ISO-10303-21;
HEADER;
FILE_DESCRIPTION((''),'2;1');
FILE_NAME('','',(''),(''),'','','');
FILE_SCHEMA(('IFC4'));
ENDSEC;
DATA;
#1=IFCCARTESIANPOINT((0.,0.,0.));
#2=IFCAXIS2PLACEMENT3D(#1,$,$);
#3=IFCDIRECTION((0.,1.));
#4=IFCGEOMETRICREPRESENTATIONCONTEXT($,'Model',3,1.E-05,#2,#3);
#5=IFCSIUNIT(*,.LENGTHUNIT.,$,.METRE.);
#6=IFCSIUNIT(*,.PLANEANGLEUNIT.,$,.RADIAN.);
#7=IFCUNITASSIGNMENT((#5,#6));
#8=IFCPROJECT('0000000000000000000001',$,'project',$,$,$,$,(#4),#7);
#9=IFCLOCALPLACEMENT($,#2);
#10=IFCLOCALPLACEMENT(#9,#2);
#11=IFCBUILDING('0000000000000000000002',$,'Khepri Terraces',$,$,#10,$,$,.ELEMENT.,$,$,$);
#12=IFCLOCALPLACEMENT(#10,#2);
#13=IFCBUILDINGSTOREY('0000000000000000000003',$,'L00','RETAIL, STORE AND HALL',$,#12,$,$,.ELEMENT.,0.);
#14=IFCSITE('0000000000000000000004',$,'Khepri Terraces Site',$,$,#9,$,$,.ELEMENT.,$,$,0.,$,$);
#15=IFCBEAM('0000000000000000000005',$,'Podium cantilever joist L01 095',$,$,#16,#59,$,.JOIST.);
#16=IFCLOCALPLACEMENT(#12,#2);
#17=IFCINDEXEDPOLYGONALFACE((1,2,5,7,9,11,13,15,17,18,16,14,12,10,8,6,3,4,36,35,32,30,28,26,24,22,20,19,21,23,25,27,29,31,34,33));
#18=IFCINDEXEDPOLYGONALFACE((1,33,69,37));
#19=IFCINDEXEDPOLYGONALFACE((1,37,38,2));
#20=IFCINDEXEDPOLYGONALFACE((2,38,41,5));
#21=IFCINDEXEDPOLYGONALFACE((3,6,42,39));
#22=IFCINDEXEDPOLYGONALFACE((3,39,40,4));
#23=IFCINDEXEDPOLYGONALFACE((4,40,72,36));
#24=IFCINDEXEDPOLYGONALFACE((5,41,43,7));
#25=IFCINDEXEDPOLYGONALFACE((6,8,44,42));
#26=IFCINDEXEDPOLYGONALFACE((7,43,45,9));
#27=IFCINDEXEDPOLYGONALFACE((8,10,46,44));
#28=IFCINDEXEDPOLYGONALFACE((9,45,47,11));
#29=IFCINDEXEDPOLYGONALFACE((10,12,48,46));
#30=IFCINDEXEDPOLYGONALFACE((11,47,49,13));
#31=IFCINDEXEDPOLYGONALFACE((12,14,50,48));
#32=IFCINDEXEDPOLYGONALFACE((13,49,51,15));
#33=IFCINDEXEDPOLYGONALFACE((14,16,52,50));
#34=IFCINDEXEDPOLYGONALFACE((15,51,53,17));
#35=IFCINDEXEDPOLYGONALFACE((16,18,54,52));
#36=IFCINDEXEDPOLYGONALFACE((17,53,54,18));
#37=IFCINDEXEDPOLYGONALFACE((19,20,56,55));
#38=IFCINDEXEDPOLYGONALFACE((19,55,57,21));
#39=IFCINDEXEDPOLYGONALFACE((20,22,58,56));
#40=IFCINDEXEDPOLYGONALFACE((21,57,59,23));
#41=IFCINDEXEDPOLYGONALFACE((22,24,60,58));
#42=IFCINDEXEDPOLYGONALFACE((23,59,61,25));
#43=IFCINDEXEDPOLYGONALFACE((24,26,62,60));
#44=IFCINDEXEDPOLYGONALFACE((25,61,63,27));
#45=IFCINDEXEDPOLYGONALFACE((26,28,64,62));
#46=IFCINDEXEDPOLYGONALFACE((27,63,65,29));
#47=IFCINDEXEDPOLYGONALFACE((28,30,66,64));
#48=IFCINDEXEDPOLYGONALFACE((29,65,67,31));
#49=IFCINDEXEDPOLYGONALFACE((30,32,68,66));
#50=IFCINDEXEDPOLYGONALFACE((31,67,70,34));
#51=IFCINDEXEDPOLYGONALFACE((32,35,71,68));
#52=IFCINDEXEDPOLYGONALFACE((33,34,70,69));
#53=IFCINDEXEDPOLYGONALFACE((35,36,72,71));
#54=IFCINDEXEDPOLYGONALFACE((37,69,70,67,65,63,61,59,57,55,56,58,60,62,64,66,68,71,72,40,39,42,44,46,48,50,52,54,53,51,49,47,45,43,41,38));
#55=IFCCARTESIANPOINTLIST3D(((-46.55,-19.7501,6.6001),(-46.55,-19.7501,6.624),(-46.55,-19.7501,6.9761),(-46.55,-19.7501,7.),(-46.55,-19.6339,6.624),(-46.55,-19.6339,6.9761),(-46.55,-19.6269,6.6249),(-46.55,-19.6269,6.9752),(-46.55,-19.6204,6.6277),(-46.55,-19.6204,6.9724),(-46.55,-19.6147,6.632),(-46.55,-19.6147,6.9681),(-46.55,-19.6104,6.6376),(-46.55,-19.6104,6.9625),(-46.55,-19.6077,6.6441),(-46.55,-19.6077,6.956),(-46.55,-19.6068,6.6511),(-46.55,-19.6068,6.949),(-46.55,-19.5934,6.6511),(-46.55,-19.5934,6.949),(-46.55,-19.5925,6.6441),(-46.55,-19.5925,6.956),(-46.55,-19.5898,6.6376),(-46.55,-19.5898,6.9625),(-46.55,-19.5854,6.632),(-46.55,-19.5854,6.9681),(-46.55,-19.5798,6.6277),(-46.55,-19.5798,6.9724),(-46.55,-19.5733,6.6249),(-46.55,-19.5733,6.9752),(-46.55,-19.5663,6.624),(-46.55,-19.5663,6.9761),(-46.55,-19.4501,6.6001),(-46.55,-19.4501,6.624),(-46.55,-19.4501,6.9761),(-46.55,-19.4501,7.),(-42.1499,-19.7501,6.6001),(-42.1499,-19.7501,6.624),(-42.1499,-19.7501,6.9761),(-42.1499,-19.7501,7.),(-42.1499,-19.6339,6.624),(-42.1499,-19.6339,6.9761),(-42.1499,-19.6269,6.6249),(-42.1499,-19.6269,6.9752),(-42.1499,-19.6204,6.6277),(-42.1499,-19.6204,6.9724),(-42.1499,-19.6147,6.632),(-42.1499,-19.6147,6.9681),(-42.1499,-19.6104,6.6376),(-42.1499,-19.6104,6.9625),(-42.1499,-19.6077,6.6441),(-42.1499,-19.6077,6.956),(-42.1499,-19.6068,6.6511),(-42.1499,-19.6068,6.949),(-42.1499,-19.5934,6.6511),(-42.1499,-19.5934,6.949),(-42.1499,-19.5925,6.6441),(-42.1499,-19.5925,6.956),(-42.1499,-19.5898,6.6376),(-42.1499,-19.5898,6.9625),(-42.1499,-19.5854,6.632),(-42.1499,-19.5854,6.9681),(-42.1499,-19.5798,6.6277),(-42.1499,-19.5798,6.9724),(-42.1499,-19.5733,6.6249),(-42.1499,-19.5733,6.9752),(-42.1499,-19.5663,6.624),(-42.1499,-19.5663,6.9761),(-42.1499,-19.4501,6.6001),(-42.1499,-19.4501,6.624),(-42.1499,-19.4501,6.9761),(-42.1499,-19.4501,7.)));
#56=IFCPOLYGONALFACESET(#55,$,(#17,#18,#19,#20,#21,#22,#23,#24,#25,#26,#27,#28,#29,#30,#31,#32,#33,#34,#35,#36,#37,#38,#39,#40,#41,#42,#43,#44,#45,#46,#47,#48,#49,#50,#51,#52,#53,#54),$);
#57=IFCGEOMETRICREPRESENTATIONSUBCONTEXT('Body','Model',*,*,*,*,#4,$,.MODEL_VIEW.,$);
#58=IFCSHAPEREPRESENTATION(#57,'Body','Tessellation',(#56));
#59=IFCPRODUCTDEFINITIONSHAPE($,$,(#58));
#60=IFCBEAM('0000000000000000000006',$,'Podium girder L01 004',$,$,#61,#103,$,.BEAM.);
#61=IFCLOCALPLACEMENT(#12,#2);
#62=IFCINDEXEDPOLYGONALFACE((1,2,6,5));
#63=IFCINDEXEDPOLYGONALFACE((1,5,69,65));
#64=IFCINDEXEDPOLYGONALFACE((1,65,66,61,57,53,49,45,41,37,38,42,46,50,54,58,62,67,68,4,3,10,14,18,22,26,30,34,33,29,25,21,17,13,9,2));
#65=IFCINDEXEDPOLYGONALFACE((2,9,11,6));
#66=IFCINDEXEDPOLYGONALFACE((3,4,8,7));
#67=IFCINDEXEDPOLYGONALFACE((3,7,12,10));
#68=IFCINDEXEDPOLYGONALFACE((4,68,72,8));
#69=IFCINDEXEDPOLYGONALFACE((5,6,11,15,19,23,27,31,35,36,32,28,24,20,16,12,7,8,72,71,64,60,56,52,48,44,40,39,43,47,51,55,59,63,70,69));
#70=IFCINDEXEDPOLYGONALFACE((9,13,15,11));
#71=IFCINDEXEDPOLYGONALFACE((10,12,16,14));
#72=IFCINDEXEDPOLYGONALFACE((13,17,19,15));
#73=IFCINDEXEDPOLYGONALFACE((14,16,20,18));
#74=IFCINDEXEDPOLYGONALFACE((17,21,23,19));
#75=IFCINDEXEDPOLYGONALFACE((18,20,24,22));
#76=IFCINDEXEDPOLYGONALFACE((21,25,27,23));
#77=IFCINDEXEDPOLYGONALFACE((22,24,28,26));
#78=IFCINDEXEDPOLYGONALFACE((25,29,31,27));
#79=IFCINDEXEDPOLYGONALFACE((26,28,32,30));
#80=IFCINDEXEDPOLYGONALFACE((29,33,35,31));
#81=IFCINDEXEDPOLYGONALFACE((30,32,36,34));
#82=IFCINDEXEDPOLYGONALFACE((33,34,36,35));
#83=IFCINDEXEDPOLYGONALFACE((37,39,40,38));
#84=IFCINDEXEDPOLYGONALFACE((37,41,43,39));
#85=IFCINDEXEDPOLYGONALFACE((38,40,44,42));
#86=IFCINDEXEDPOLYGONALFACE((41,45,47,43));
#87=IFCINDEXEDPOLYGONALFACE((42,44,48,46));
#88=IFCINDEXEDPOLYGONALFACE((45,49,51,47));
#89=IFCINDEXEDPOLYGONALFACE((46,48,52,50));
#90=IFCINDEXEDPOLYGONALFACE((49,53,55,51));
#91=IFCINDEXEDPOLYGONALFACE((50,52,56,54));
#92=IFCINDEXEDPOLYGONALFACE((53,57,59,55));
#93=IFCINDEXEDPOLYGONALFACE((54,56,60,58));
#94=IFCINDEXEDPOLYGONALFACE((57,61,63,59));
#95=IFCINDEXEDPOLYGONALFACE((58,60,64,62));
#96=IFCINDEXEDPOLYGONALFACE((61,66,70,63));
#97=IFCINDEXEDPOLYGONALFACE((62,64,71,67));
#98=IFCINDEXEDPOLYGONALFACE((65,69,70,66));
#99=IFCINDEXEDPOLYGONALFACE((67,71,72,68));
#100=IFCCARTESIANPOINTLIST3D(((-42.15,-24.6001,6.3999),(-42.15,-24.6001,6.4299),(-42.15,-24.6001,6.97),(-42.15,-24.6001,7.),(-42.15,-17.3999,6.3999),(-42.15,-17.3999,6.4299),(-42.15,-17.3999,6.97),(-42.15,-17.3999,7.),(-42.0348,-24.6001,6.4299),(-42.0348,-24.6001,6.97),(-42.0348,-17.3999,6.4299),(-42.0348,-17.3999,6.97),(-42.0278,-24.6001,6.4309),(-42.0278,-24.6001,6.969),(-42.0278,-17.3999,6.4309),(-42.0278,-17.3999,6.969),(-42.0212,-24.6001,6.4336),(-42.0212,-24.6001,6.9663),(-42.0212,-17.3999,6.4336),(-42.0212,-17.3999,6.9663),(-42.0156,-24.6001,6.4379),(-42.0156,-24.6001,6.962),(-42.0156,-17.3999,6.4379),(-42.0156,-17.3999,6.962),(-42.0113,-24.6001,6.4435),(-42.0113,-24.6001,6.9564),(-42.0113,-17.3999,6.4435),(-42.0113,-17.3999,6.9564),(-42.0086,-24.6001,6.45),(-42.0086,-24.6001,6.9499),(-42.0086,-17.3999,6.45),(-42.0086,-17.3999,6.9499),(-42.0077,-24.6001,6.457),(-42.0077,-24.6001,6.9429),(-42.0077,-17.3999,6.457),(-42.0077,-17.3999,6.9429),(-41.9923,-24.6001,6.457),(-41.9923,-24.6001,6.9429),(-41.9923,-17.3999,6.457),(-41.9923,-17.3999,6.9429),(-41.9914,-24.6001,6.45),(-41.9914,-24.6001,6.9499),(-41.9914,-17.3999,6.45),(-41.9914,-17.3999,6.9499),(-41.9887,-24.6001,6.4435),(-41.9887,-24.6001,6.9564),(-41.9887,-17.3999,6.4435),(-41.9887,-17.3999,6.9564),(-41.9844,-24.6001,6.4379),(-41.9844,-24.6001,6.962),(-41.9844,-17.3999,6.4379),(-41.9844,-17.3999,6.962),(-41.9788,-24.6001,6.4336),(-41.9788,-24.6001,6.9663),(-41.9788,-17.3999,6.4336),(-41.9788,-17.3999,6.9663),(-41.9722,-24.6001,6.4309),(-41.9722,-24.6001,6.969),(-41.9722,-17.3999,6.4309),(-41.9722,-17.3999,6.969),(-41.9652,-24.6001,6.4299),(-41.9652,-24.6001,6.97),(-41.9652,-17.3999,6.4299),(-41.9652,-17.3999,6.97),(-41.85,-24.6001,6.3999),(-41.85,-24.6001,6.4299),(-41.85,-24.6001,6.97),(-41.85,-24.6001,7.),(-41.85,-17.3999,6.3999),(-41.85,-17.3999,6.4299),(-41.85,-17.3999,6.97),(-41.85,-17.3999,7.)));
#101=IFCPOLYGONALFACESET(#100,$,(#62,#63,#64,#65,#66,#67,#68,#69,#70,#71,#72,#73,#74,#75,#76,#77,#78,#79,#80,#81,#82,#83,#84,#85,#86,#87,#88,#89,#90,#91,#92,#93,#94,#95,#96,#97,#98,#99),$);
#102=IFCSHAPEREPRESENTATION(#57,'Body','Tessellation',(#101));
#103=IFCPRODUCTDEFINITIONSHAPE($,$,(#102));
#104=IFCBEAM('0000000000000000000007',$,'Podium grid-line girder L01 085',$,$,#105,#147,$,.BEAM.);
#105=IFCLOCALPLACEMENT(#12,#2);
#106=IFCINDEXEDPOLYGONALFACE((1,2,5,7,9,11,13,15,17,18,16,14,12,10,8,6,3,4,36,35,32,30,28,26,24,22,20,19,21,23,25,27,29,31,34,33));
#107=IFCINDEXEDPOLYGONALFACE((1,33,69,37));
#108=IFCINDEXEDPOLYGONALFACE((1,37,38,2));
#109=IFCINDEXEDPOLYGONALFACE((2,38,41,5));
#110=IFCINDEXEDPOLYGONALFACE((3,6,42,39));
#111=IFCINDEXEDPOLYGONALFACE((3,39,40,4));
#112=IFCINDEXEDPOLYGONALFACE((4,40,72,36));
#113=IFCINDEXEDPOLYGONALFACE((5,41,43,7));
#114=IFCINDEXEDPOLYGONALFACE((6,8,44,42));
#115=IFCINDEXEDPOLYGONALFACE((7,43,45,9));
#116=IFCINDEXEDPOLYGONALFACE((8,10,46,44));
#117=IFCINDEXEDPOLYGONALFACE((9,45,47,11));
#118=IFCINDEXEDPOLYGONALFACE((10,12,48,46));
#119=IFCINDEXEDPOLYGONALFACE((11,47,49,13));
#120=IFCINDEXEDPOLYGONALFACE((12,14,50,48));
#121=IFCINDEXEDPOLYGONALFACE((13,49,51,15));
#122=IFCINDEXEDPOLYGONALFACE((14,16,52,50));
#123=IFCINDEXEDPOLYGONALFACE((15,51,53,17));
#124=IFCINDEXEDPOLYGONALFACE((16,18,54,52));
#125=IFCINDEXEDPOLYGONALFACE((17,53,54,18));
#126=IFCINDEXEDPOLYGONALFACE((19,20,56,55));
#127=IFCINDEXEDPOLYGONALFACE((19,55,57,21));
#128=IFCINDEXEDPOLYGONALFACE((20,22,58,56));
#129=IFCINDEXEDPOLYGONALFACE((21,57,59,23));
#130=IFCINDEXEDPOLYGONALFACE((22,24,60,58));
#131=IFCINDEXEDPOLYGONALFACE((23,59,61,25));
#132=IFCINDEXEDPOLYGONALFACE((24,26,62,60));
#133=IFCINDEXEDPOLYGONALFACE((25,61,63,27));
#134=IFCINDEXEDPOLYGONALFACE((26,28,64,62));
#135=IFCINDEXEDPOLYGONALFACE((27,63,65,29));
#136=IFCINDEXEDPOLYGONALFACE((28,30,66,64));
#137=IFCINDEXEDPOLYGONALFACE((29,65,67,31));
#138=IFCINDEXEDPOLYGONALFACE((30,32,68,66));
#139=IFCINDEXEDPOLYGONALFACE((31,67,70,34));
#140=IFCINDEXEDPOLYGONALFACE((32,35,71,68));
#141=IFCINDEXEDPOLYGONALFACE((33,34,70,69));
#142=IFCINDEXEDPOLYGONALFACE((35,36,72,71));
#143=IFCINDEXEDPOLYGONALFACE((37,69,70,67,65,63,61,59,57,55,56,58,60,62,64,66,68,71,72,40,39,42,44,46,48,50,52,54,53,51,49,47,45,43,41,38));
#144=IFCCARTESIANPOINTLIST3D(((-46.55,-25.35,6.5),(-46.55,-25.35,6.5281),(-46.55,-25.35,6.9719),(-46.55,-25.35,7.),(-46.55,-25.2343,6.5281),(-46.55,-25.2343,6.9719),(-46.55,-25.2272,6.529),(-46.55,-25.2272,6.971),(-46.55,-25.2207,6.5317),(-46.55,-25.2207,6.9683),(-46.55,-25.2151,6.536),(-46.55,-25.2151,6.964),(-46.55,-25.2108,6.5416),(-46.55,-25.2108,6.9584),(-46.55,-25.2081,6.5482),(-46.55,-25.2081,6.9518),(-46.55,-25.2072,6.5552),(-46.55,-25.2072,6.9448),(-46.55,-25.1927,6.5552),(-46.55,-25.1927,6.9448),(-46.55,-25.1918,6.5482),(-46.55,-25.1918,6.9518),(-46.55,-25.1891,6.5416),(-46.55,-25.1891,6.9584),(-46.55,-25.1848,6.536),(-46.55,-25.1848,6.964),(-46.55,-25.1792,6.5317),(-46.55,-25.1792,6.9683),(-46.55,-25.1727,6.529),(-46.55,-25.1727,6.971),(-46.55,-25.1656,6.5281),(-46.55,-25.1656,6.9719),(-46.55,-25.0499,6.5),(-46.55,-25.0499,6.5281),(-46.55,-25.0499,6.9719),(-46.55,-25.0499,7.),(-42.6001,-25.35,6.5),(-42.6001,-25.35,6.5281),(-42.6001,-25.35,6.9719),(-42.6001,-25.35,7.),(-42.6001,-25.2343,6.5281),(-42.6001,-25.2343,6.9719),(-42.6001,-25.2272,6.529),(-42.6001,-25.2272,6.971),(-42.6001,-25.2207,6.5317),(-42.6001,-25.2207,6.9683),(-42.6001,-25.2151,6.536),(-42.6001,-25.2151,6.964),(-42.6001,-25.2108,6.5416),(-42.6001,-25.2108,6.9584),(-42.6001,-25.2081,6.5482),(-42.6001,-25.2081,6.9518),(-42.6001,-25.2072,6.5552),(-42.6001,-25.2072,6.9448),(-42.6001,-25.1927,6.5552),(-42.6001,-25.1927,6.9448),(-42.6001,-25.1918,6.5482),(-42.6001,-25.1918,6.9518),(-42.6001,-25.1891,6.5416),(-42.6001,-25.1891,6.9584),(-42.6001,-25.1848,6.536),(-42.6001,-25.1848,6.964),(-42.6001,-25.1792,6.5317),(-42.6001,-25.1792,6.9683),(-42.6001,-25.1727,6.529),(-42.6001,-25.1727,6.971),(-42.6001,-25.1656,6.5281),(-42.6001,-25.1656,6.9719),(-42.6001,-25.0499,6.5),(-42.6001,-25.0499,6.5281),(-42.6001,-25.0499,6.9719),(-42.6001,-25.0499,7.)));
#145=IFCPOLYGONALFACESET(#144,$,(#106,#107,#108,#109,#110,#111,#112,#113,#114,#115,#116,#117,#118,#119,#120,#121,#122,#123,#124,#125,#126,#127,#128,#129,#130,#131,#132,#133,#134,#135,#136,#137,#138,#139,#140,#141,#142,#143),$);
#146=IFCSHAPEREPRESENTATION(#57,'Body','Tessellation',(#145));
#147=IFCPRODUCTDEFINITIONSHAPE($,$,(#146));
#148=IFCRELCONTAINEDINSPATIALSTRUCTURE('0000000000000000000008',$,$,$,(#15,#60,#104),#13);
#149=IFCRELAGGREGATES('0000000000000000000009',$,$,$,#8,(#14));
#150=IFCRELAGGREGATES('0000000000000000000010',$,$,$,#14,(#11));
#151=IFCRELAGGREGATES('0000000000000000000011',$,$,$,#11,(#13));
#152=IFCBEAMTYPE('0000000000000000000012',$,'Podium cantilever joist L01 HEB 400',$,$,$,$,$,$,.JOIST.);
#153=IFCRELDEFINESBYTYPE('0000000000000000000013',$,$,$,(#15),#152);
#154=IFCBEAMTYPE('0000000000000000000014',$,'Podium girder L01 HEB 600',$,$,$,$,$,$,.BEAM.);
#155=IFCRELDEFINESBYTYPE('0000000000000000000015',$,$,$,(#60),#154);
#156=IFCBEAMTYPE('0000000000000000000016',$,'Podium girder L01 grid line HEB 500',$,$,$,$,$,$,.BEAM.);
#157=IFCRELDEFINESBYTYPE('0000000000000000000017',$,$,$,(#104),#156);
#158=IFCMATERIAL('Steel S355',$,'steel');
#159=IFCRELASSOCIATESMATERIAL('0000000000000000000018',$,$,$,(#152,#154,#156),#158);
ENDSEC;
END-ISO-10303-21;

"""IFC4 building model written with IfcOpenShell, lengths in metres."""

from ifc_helpers import new_model, si_unit, direction, frame, origin, origin_2d, place, context, subcontext, project, spatial, i_section, extrude, material, material_profile, profile_set, type_object, element, save


model = new_model("IFC4")

# Units and contexts
model_context = context("Model", 3, precision=1e-05, world=origin(), true_north=direction((0.0, 1.0)))
body_context = subcontext(model_context, "Body", "Model", "MODEL_VIEW")
ifc_project = project(units=[si_unit("LENGTHUNIT", "METRE"), si_unit("PLANEANGLEUNIT", "RADIAN")], contexts=[model_context])

# Site, building, storey
site_placement = place(None, origin())
site = spatial("IfcSite", under=ifc_project, at=site_placement, Name="Khepri Terraces Site", CompositionType="ELEMENT", RefElevation=0.0)
building_placement = place(site_placement, origin())
building = spatial("IfcBuilding", under=site, at=building_placement, Name="Khepri Terraces", CompositionType="ELEMENT")
storey_placement = place(building_placement, origin())
storey = spatial("IfcBuildingStorey", under=building, at=storey_placement, Name="L00", Description="RETAIL, STORE AND HALL", CompositionType="ELEMENT", Elevation=0.0)

# Beams
ifc_material_1 = material(Name="Steel S355", Category="steel")
ifc_material_profile_1 = material_profile(ifc_material_1, i_section(OverallWidth=0.3, OverallDepth=0.3999, WebThickness=0.0134, FlangeThickness=0.0239, FilletRadius=0.0271, at=origin_2d()), Name="Steel S355", Category="steel")
ifc_profile_set_1 = profile_set([ifc_material_profile_1], Name="Steel S355")
beam_type_1 = type_object("IfcBeamType", Name="Podium cantilever joist L01 HEB 400", PredefinedType="JOIST", material=ifc_profile_set_1)
for number, where, z_axis, x_axis, name in (
    (1, (-46.55, -19.6001, 6.8), (1.0, 0.0, 0.0), (0.0, 1.0, 0.0), "Podium cantilever joist L01 095"),
):
    element("IfcBeam", number, at=place(storey_placement, frame(where, z_axis=z_axis, x_axis=x_axis)), inside=storey, type_object=beam_type_1, Name=name, PredefinedType="JOIST", context=body_context, shape_type="SweptSolid", body=[
        extrude(i_section(OverallWidth=0.3, OverallDepth=0.3999, WebThickness=0.0134, FlangeThickness=0.0239, FilletRadius=0.0271, at=origin_2d()), origin(), (0.0, 0.0, 1.0), 4.4001),
    ])
ifc_material_profile_2 = material_profile(ifc_material_1, i_section(OverallWidth=0.3, OverallDepth=0.6001, WebThickness=0.0154, FlangeThickness=0.03, FilletRadius=0.0271, at=origin_2d()), Name="Steel S355", Category="steel")
ifc_profile_set_2 = profile_set([ifc_material_profile_2], Name="Steel S355")
beam_type_2 = type_object("IfcBeamType", Name="Podium girder L01 HEB 600", PredefinedType="BEAM", material=ifc_profile_set_2)
beam_1_placement = place(storey_placement, frame((-42.0, -24.6001, 6.7), z_axis=(0.0, 1.0, 0.0), x_axis=(-1.0, 0.0, 0.0)))
element("IfcBeam", 2, at=beam_1_placement, inside=storey, type_object=beam_type_2, Name="Podium girder L01 004", PredefinedType="BEAM", context=body_context, shape_type="SweptSolid", body=[
    extrude(i_section(OverallWidth=0.3, OverallDepth=0.6001, WebThickness=0.0154, FlangeThickness=0.03, FilletRadius=0.0271, at=origin_2d()), origin(), (0.0, 0.0, 1.0), 7.2002),
])
ifc_material_profile_3 = material_profile(ifc_material_1, i_section(OverallWidth=0.3, OverallDepth=0.5, WebThickness=0.0144, FlangeThickness=0.0281, FilletRadius=0.0271, at=origin_2d()), Name="Steel S355", Category="steel")
ifc_profile_set_3 = profile_set([ifc_material_profile_3], Name="Steel S355")
beam_type_3 = type_object("IfcBeamType", Name="Podium girder L01 grid line HEB 500", PredefinedType="BEAM", material=ifc_profile_set_3)
beam_2_placement = place(storey_placement, frame((-46.55, -25.2, 6.75), z_axis=(1.0, 0.0, 0.0), x_axis=(0.0, 1.0, 0.0)))
element("IfcBeam", 3, at=beam_2_placement, inside=storey, type_object=beam_type_3, Name="Podium grid-line girder L01 085", PredefinedType="BEAM", context=body_context, shape_type="SweptSolid", body=[
    extrude(i_section(OverallWidth=0.3, OverallDepth=0.5, WebThickness=0.0144, FlangeThickness=0.0281, FilletRadius=0.0271, at=origin_2d()), origin(), (0.0, 0.0, 1.0), 3.95),
])

save(model, "model.ifc")
